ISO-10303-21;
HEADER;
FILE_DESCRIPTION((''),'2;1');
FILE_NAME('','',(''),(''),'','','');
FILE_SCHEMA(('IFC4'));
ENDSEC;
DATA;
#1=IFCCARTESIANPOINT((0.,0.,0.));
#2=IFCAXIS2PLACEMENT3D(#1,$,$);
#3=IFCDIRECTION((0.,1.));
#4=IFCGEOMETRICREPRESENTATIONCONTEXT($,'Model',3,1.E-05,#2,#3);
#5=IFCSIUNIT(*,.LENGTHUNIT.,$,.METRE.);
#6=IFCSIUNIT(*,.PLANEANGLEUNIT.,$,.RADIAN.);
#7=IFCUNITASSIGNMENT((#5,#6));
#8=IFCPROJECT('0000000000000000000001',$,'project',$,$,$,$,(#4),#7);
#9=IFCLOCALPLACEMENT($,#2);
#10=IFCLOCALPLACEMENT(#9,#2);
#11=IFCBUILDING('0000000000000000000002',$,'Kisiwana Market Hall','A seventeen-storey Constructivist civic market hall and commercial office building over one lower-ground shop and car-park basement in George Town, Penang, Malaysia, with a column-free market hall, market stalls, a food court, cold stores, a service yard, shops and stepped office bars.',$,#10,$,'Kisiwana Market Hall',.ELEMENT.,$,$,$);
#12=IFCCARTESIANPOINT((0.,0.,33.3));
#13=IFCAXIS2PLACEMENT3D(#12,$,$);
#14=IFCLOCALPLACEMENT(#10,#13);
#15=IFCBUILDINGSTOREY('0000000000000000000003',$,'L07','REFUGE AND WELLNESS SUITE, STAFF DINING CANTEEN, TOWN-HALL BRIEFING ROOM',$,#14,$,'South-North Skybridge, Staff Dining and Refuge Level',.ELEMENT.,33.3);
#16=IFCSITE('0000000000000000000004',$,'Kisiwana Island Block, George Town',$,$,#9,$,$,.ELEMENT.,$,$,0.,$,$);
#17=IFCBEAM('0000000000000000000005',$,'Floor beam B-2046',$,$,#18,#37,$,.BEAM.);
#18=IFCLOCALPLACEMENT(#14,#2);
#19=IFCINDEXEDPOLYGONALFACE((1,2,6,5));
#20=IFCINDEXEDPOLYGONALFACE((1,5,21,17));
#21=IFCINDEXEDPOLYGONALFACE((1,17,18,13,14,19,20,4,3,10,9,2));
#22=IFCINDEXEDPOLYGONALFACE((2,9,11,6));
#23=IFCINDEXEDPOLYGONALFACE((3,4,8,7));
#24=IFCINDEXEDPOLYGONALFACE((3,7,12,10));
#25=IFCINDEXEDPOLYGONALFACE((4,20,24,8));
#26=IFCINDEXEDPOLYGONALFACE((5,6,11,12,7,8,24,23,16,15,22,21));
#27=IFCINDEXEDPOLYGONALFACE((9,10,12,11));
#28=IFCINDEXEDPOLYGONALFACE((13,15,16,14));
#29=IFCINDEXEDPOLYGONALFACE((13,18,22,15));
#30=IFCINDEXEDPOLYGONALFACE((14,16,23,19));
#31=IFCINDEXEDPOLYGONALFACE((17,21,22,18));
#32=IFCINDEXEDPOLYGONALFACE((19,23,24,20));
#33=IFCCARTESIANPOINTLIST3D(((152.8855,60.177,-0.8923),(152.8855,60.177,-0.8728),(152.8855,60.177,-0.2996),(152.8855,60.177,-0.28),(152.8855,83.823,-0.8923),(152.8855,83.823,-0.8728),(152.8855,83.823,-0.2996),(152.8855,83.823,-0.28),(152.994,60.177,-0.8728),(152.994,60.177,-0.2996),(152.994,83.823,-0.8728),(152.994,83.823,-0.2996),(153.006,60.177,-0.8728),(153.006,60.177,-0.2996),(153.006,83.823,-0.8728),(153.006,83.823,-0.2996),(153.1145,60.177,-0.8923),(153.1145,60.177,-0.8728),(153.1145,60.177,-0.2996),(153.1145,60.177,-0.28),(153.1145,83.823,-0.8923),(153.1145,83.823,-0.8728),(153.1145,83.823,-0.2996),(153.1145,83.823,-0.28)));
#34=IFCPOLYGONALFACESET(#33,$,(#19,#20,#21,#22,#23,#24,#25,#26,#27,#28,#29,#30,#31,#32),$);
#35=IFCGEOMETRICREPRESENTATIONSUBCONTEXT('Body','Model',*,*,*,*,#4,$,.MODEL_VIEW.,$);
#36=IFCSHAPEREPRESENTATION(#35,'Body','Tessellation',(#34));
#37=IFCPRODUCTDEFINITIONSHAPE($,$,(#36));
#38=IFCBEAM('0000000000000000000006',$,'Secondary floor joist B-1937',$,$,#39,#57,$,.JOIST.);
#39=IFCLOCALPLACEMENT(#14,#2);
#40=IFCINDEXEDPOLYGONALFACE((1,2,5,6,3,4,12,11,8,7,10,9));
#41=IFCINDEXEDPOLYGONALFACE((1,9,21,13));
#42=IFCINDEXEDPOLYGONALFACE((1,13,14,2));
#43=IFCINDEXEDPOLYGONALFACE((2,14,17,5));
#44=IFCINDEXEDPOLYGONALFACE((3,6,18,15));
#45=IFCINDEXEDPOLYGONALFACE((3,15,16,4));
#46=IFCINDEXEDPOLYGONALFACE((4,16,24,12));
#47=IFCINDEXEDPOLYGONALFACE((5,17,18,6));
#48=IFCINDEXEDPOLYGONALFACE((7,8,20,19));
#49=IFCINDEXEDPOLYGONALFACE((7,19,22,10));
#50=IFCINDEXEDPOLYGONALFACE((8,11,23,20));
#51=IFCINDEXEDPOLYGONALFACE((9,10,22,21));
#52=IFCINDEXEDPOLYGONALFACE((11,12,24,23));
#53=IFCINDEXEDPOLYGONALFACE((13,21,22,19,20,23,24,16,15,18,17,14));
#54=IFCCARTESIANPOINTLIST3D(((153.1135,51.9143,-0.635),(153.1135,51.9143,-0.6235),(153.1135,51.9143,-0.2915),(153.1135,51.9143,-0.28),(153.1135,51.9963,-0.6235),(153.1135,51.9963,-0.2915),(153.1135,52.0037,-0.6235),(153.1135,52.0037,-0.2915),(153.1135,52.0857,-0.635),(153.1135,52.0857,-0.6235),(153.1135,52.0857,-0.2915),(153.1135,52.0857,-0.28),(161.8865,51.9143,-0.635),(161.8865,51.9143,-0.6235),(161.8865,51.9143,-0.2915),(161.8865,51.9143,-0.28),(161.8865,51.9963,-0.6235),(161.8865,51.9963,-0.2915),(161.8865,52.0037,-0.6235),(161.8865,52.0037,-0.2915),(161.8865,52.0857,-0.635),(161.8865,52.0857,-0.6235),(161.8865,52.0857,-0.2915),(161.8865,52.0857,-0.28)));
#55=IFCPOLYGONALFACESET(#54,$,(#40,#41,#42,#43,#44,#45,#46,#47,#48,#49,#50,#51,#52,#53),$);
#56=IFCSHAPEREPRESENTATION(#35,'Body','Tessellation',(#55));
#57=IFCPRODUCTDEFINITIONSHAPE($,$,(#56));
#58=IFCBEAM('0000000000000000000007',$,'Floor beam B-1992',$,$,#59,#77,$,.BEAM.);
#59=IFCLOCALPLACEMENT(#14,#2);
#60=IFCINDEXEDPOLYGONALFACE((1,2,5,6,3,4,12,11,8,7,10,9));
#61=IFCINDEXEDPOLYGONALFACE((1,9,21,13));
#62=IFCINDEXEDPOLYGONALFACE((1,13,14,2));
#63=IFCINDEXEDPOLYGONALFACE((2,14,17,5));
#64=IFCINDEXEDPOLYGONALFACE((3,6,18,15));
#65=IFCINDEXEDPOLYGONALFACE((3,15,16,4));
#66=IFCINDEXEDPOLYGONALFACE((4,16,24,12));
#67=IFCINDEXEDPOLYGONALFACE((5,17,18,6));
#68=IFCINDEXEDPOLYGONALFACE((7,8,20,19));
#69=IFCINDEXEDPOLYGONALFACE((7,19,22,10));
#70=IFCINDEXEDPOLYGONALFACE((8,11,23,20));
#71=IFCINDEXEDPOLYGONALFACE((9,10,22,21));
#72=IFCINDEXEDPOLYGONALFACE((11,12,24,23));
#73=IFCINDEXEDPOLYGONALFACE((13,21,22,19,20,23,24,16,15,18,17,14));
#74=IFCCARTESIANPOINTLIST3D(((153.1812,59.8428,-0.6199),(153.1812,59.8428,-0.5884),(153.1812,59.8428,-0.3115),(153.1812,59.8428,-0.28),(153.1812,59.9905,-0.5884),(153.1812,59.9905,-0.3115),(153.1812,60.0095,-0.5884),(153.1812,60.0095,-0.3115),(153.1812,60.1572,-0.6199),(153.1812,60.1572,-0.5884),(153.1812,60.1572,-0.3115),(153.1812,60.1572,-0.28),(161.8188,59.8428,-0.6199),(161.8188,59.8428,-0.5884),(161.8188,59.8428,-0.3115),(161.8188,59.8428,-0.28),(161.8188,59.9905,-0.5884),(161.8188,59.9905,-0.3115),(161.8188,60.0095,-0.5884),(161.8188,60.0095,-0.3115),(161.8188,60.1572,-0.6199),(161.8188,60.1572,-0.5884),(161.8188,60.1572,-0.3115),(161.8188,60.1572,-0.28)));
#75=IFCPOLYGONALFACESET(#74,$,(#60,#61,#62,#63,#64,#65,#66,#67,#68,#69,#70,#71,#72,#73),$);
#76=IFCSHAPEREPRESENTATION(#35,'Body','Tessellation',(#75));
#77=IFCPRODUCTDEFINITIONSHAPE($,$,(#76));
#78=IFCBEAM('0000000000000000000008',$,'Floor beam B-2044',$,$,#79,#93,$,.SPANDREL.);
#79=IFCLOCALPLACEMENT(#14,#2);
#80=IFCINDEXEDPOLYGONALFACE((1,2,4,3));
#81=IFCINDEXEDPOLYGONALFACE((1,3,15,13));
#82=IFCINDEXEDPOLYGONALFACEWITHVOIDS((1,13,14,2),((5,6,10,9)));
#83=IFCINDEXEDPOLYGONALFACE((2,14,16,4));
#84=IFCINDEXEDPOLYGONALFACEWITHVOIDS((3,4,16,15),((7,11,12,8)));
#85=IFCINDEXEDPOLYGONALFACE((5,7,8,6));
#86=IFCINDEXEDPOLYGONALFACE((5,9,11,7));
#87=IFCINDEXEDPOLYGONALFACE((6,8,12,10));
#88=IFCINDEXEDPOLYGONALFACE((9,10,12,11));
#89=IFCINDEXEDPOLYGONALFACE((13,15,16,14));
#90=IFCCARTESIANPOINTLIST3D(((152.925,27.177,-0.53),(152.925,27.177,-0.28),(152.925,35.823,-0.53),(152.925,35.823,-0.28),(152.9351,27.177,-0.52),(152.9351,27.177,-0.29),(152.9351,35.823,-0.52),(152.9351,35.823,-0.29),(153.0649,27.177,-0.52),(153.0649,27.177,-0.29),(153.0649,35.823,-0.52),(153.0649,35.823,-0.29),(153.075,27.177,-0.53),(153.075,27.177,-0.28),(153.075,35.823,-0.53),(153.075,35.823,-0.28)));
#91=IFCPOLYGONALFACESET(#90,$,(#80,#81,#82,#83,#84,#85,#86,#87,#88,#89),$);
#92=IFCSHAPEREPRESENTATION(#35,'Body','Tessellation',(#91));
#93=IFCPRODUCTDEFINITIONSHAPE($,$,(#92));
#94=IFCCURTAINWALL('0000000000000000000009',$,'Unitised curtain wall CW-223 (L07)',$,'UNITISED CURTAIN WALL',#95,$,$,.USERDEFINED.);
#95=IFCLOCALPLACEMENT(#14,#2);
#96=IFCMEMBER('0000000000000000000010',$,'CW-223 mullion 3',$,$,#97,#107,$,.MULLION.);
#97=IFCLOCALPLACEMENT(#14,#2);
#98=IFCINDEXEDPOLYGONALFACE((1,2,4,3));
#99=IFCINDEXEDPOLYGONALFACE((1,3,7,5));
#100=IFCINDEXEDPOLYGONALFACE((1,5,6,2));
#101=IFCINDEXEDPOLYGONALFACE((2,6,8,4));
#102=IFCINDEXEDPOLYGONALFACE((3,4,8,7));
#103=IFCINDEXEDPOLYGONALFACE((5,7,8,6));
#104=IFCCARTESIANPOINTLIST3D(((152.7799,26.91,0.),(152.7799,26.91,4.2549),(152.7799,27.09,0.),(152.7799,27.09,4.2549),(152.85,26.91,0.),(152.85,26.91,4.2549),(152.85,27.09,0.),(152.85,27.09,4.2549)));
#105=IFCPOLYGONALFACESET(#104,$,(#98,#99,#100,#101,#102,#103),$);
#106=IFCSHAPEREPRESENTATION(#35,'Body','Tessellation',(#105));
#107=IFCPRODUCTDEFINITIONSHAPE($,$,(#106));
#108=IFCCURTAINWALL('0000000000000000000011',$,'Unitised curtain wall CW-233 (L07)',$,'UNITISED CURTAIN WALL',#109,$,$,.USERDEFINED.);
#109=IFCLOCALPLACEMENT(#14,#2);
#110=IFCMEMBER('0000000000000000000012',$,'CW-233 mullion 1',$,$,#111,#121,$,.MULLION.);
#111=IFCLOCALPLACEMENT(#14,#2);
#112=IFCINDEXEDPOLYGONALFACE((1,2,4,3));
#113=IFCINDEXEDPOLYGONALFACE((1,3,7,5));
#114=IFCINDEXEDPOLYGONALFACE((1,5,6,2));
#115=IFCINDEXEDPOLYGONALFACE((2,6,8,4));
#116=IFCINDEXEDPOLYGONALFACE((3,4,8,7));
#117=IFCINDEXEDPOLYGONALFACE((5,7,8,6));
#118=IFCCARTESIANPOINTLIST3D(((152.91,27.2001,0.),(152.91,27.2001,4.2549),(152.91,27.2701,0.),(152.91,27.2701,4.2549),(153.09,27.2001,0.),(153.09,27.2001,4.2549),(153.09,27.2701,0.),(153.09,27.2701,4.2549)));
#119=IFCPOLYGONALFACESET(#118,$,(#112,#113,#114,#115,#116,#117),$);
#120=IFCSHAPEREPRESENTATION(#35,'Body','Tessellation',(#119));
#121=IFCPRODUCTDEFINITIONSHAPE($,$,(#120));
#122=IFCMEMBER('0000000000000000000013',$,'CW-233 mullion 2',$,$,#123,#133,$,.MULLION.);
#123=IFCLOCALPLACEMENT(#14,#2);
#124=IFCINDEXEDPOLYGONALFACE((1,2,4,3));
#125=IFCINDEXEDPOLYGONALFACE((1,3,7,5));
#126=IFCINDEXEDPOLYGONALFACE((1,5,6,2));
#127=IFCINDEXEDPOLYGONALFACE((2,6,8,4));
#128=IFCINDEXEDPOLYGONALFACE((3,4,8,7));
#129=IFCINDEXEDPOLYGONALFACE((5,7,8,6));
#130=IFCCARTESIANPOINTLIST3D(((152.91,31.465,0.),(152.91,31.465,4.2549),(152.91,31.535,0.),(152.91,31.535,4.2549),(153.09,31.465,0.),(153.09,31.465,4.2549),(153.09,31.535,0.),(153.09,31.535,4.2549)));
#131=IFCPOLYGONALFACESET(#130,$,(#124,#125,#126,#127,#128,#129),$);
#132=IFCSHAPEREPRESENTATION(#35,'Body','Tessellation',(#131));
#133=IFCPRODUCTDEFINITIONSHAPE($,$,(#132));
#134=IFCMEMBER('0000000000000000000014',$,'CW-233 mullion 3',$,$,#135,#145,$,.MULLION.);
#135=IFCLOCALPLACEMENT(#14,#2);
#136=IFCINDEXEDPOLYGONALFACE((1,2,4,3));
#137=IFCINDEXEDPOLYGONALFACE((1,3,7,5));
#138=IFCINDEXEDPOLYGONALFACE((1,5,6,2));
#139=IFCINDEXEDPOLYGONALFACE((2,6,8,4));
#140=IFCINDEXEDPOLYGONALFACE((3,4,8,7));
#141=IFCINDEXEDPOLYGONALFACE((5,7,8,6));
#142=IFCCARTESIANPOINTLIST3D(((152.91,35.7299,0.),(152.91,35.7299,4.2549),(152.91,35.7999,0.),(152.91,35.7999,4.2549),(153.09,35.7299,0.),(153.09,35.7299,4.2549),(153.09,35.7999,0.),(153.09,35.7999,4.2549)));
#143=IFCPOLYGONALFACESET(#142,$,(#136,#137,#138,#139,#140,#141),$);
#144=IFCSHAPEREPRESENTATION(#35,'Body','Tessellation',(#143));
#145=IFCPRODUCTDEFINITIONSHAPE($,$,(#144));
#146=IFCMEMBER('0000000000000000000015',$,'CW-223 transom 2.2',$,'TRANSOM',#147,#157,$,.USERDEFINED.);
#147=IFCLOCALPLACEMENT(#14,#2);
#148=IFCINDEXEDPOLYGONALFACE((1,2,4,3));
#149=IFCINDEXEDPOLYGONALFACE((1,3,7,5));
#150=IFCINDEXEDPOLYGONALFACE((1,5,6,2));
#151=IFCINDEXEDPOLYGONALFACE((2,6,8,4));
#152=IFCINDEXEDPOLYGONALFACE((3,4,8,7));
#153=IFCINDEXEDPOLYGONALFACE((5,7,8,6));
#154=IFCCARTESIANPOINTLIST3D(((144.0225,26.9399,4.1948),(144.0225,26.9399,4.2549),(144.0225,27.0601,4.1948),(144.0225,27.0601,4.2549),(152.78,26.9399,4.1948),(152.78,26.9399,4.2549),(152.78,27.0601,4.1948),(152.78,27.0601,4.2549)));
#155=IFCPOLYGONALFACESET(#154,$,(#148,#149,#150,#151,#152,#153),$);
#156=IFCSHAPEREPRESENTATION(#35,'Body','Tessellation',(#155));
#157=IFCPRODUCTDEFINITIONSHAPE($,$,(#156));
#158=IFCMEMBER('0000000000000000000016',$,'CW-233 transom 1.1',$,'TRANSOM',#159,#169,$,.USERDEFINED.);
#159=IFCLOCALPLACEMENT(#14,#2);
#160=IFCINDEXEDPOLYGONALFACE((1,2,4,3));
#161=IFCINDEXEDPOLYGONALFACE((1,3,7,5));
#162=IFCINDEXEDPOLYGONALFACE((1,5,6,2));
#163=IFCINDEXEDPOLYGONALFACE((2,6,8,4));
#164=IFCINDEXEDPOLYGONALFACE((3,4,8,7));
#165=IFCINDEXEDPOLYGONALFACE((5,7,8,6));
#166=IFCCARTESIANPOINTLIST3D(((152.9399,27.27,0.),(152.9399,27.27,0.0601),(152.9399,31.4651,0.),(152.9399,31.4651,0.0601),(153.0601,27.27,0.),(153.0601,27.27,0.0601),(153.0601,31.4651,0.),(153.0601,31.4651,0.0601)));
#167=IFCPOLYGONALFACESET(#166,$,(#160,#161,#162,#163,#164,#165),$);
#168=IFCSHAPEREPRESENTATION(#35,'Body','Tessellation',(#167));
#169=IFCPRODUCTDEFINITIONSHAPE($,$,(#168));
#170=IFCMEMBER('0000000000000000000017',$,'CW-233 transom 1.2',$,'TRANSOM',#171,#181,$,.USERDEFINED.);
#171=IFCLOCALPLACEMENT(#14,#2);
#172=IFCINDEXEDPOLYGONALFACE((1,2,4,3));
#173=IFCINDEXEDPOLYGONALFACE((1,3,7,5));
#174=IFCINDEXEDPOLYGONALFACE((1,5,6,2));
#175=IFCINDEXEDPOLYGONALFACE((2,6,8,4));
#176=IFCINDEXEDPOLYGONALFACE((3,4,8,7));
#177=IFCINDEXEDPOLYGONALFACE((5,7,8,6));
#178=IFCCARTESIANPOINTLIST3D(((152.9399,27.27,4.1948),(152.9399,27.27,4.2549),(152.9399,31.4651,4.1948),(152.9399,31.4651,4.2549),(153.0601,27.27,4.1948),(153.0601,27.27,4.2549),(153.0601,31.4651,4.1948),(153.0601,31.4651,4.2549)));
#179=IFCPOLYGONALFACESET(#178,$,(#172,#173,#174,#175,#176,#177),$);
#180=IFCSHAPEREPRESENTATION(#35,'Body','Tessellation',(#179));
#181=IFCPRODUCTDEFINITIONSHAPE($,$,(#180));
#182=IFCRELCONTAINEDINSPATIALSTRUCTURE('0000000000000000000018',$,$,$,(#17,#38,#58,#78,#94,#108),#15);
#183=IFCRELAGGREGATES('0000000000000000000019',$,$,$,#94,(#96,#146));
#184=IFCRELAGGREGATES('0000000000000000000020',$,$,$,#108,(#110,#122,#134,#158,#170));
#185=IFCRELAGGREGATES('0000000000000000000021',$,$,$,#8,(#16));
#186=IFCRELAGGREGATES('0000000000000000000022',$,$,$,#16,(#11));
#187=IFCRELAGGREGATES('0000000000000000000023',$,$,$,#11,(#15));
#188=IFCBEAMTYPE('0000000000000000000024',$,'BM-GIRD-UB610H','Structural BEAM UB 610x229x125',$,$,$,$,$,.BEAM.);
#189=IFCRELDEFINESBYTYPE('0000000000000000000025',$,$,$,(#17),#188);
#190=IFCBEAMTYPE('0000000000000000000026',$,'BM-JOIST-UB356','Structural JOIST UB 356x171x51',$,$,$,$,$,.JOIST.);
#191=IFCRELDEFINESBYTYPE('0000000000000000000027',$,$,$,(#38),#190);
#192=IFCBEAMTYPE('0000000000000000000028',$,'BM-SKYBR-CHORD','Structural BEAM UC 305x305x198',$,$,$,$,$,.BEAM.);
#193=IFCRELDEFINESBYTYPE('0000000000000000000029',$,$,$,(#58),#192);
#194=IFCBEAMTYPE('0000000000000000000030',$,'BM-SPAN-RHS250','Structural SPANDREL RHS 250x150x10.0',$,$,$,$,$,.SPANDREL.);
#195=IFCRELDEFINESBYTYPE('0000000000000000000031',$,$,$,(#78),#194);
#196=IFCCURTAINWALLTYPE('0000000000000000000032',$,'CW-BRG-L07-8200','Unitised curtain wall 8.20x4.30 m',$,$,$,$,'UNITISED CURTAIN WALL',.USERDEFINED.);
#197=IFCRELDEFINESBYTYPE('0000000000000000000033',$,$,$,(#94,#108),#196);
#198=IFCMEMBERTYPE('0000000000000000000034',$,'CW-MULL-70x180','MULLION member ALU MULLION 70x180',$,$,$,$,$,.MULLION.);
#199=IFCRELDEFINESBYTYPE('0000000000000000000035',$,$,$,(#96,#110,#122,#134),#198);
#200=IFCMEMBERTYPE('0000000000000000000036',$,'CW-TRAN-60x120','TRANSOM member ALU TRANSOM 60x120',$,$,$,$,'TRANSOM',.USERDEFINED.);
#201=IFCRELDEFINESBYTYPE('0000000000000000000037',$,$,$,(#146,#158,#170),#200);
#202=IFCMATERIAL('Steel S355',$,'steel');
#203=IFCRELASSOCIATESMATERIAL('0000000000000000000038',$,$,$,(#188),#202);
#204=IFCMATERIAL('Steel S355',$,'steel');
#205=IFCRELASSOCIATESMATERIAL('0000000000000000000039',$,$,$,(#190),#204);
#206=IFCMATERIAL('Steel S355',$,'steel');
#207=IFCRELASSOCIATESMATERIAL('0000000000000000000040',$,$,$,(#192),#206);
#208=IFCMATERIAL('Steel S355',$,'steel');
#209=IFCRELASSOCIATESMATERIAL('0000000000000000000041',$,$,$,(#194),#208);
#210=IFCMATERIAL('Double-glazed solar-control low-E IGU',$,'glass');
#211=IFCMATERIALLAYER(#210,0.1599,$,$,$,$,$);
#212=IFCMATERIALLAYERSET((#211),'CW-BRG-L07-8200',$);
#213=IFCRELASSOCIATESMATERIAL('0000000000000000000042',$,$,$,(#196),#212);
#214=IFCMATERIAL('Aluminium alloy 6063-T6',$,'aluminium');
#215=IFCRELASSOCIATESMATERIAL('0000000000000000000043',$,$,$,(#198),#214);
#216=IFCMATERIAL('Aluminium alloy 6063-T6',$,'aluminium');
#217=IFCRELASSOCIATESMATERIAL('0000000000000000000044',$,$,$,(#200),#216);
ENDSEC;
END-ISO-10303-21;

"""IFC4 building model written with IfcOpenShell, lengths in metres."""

from ifc_helpers import new_model, si_unit, direction, frame, origin, origin_2d, place, context, subcontext, project, spatial, rectangle, hollow_rectangle, i_section, extrude, material, layer, layer_set, material_profile, profile_set, type_object, element, aggregate, save


model = new_model("IFC4")

# Units and contexts
model_context = context("Model", 3, precision=1e-05, world=origin(), true_north=direction((0.0, 1.0)))
body_context = subcontext(model_context, "Body", "Model", "MODEL_VIEW")
ifc_project = project(units=[si_unit("LENGTHUNIT", "METRE"), si_unit("PLANEANGLEUNIT", "RADIAN")], contexts=[model_context])

# Site, building, storey
site_placement = place(None, origin())
site = spatial("IfcSite", under=ifc_project, at=site_placement, Name="Kisiwana Island Block, George Town", CompositionType="ELEMENT", RefElevation=0.0)
building_placement = place(site_placement, origin())
building = spatial("IfcBuilding", under=site, at=building_placement, Name="Kisiwana Market Hall", Description="A seventeen-storey Constructivist civic market hall and commercial office building over one lower-ground shop and car-park basement in George Town, Penang, Malaysia, with a column-free market hall, market stalls, a food court, cold stores, a service yard, shops and stepped office bars.", LongName="Kisiwana Market Hall", CompositionType="ELEMENT")
storey_placement = place(building_placement, frame((0.0, 0.0, 33.3)))
storey = spatial("IfcBuildingStorey", under=building, at=storey_placement, Name="L07", Description="REFUGE AND WELLNESS SUITE, STAFF DINING CANTEEN, TOWN-HALL BRIEFING ROOM", LongName="South-North Skybridge, Staff Dining and Refuge Level", CompositionType="ELEMENT", Elevation=33.3)

# Beams
ifc_material_1 = material(Name="Steel S355", Category="steel")
ifc_material_profile_1 = material_profile(ifc_material_1, i_section(OverallWidth=0.229, OverallDepth=0.6123, WebThickness=0.012, FlangeThickness=0.0195, at=origin_2d()), Name="UB 610x229x125")
ifc_profile_set_1 = profile_set([ifc_material_profile_1], Name="Steel S355")
beam_type_1 = type_object("IfcBeamType", Name="BM-GIRD-UB610H", Description="Structural BEAM UB 610x229x125", PredefinedType="BEAM", material=ifc_profile_set_1)
for number, where, z_axis, x_axis, name in (
    (1, (153.0, 60.177, -0.5862), (0.0, 1.0, 0.0), (-1.0, 0.0, 0.0), "Floor beam B-2046"),
):
    element("IfcBeam", number, at=place(storey_placement, frame(where, z_axis=z_axis, x_axis=x_axis)), inside=storey, type_object=beam_type_1, Name=name, PredefinedType="BEAM", context=body_context, shape_type="SweptSolid", body=[
        extrude(i_section(OverallWidth=0.229, OverallDepth=0.6123, WebThickness=0.012, FlangeThickness=0.0195, at=origin_2d()), origin(), (0.0, 0.0, 1.0), 23.646),
    ])
ifc_material_2 = material(Name="Steel S355", Category="steel")
ifc_material_profile_2 = material_profile(ifc_material_2, i_section(OverallWidth=0.1714, OverallDepth=0.355, WebThickness=0.0073, FlangeThickness=0.0115, at=origin_2d()), Name="UB 356x171x51")
ifc_profile_set_2 = profile_set([ifc_material_profile_2], Name="Steel S355")
beam_type_2 = type_object("IfcBeamType", Name="BM-JOIST-UB356", Description="Structural JOIST UB 356x171x51", PredefinedType="JOIST", material=ifc_profile_set_2)
beam_1_placement = place(storey_placement, frame((153.1135, 52.0, -0.4575), z_axis=(1.0, 0.0, 0.0), x_axis=(0.0, 1.0, 0.0)))
element("IfcBeam", 2, at=beam_1_placement, inside=storey, type_object=beam_type_2, Name="Secondary floor joist B-1937", PredefinedType="JOIST", context=body_context, shape_type="SweptSolid", body=[
    extrude(i_section(OverallWidth=0.1714, OverallDepth=0.355, WebThickness=0.0073, FlangeThickness=0.0115, at=origin_2d()), origin(), (0.0, 0.0, 1.0), 8.7729),
])
ifc_material_3 = material(Name="Steel S355", Category="steel")
ifc_material_profile_3 = material_profile(ifc_material_3, i_section(OverallWidth=0.3145, OverallDepth=0.3398, WebThickness=0.019, FlangeThickness=0.0315, at=origin_2d()), Name="UC 305x305x198")
ifc_profile_set_3 = profile_set([ifc_material_profile_3], Name="Steel S355")
beam_type_3 = type_object("IfcBeamType", Name="BM-SKYBR-CHORD", Description="Structural BEAM UC 305x305x198", PredefinedType="BEAM", material=ifc_profile_set_3)
beam_2_placement = place(storey_placement, frame((153.1812, 60.0, -0.45), z_axis=(1.0, 0.0, 0.0), x_axis=(0.0, 1.0, 0.0)))
element("IfcBeam", 3, at=beam_2_placement, inside=storey, type_object=beam_type_3, Name="Floor beam B-1992", PredefinedType="BEAM", context=body_context, shape_type="SweptSolid", body=[
    extrude(i_section(OverallWidth=0.3145, OverallDepth=0.3398, WebThickness=0.019, FlangeThickness=0.0315, at=origin_2d()), origin(), (0.0, 0.0, 1.0), 8.6377),
])
ifc_material_4 = material(Name="Steel S355", Category="steel")
ifc_material_profile_4 = material_profile(ifc_material_4, hollow_rectangle(XDim=0.1499, YDim=0.25, WallThickness=0.01, at=origin_2d()), Name="RHS 250x150x10.0")
ifc_profile_set_4 = profile_set([ifc_material_profile_4], Name="Steel S355")
beam_type_4 = type_object("IfcBeamType", Name="BM-SPAN-RHS250", Description="Structural SPANDREL RHS 250x150x10.0", PredefinedType="SPANDREL", material=ifc_profile_set_4)
beam_3_placement = place(storey_placement, frame((153.0, 27.177, -0.405), z_axis=(0.0, 1.0, 0.0), x_axis=(-1.0, 0.0, 0.0)))
element("IfcBeam", 4, at=beam_3_placement, inside=storey, type_object=beam_type_4, Name="Floor beam B-2044", PredefinedType="SPANDREL", context=body_context, shape_type="SweptSolid", body=[
    extrude(hollow_rectangle(XDim=0.1499, YDim=0.25, WallThickness=0.01, at=origin_2d()), origin(), (0.0, 0.0, 1.0), 8.646),
])

# Curtain wall, member
ifc_material_5 = material(Name="Double-glazed solar-control low-E IGU", Category="glass")
ifc_layer_1 = layer(ifc_material_5, 0.1599)
ifc_layer_set_1 = layer_set([ifc_layer_1], Name="CW-BRG-L07-8200")
curtain_wall_type = type_object("IfcCurtainWallType", Name="CW-BRG-L07-8200", Description="Unitised curtain wall 8.20x4.30 m", ElementType="UNITISED CURTAIN WALL", PredefinedType="USERDEFINED", material=ifc_layer_set_1)
curtain_wall_1_placement = place(storey_placement, origin())
curtain_wall_1 = element("IfcCurtainWall", 5, at=curtain_wall_1_placement, inside=storey, type_object=curtain_wall_type, Name="Unitised curtain wall CW-223 (L07)", ObjectType="UNITISED CURTAIN WALL", PredefinedType="USERDEFINED")
ifc_material_6 = material(Name="Aluminium alloy 6063-T6", Category="aluminium")
ifc_material_profile_5 = material_profile(ifc_material_6, rectangle(XDim=0.0701, YDim=0.1799, at=origin_2d()), Name="ALU MULLION 70x180")
ifc_profile_set_5 = profile_set([ifc_material_profile_5], Name="Aluminium alloy 6063-T6")
member_type_1 = type_object("IfcMemberType", Name="CW-MULL-70x180", Description="MULLION member ALU MULLION 70x180", PredefinedType="MULLION", material=ifc_profile_set_5)
member_1_placement = place(storey_placement, frame((152.8149, 27.0, 0.0), z_axis=(0.0, 0.0, 1.0), x_axis=(1.0, 0.0, 0.0)))
member_1 = element("IfcMember", 6, at=member_1_placement, type_object=member_type_1, Name="CW-223 mullion 3", PredefinedType="MULLION", context=body_context, shape_type="SweptSolid", body=[
    extrude(rectangle(XDim=0.0701, YDim=0.1799, at=origin_2d()), origin(), (0.0, 0.0, 1.0), 4.2549),
])

# Curtain wall, members
curtain_wall_2_placement = place(storey_placement, origin())
curtain_wall_2 = element("IfcCurtainWall", 7, at=curtain_wall_2_placement, inside=storey, type_object=curtain_wall_type, Name="Unitised curtain wall CW-233 (L07)", ObjectType="UNITISED CURTAIN WALL", PredefinedType="USERDEFINED")
member_2_placement = place(storey_placement, frame((153.0, 27.2351, 0.0), z_axis=(0.0, 0.0, 1.0), x_axis=(0.0, 1.0, 0.0)))
member_2 = element("IfcMember", 8, at=member_2_placement, type_object=member_type_1, Name="CW-233 mullion 1", PredefinedType="MULLION", context=body_context, shape_type="SweptSolid", body=[
    extrude(rectangle(XDim=0.0701, YDim=0.1799, at=origin_2d()), origin(), (0.0, 0.0, 1.0), 4.2549),
])
member_3_placement = place(storey_placement, frame((153.0, 31.5, 0.0), z_axis=(0.0, 0.0, 1.0), x_axis=(0.0, 1.0, 0.0)))
member_3 = element("IfcMember", 9, at=member_3_placement, type_object=member_type_1, Name="CW-233 mullion 2", PredefinedType="MULLION", context=body_context, shape_type="SweptSolid", body=[
    extrude(rectangle(XDim=0.0701, YDim=0.1799, at=origin_2d()), origin(), (0.0, 0.0, 1.0), 4.2549),
])
member_4_placement = place(storey_placement, frame((153.0, 35.7649, 0.0), z_axis=(0.0, 0.0, 1.0), x_axis=(0.0, 1.0, 0.0)))
member_4 = element("IfcMember", 10, at=member_4_placement, type_object=member_type_1, Name="CW-233 mullion 3", PredefinedType="MULLION", context=body_context, shape_type="SweptSolid", body=[
    extrude(rectangle(XDim=0.0701, YDim=0.1799, at=origin_2d()), origin(), (0.0, 0.0, 1.0), 4.2549),
])

# Members
ifc_material_7 = material(Name="Aluminium alloy 6063-T6", Category="aluminium")
ifc_material_profile_6 = material_profile(ifc_material_7, rectangle(XDim=0.1201, YDim=0.0601, at=origin_2d()), Name="ALU TRANSOM 60x120")
ifc_profile_set_6 = profile_set([ifc_material_profile_6], Name="Aluminium alloy 6063-T6")
member_type_2 = type_object("IfcMemberType", Name="CW-TRAN-60x120", Description="TRANSOM member ALU TRANSOM 60x120", ElementType="TRANSOM", PredefinedType="USERDEFINED", material=ifc_profile_set_6)
member_5_placement = place(storey_placement, frame((144.0225, 27.0, 4.2249), z_axis=(1.0, 0.0, 0.0), x_axis=(0.0, 1.0, 0.0)))
member_5 = element("IfcMember", 11, at=member_5_placement, type_object=member_type_2, Name="CW-223 transom 2.2", ObjectType="TRANSOM", PredefinedType="USERDEFINED", context=body_context, shape_type="SweptSolid", body=[
    extrude(rectangle(XDim=0.1201, YDim=0.0601, at=origin_2d()), origin(), (0.0, 0.0, 1.0), 8.7576),
])
member_6_placement = place(storey_placement, frame((153.0, 27.27, 0.03), z_axis=(0.0, 1.0, 0.0), x_axis=(-1.0, 0.0, 0.0)))
member_6 = element("IfcMember", 12, at=member_6_placement, type_object=member_type_2, Name="CW-233 transom 1.1", ObjectType="TRANSOM", PredefinedType="USERDEFINED", context=body_context, shape_type="SweptSolid", body=[
    extrude(rectangle(XDim=0.1201, YDim=0.0601, at=origin_2d()), origin(), (0.0, 0.0, 1.0), 4.1951),
])
member_7_placement = place(storey_placement, frame((153.0, 27.27, 4.2249), z_axis=(0.0, 1.0, 0.0), x_axis=(-1.0, 0.0, 0.0)))
member_7 = element("IfcMember", 13, at=member_7_placement, type_object=member_type_2, Name="CW-233 transom 1.2", ObjectType="TRANSOM", PredefinedType="USERDEFINED", context=body_context, shape_type="SweptSolid", body=[
    extrude(rectangle(XDim=0.1201, YDim=0.0601, at=origin_2d()), origin(), (0.0, 0.0, 1.0), 4.1951),
])

aggregate(curtain_wall_1, [member_1, member_5])
aggregate(curtain_wall_2, [member_2, member_3, member_4, member_6, member_7])

save(model, "model.ifc")
